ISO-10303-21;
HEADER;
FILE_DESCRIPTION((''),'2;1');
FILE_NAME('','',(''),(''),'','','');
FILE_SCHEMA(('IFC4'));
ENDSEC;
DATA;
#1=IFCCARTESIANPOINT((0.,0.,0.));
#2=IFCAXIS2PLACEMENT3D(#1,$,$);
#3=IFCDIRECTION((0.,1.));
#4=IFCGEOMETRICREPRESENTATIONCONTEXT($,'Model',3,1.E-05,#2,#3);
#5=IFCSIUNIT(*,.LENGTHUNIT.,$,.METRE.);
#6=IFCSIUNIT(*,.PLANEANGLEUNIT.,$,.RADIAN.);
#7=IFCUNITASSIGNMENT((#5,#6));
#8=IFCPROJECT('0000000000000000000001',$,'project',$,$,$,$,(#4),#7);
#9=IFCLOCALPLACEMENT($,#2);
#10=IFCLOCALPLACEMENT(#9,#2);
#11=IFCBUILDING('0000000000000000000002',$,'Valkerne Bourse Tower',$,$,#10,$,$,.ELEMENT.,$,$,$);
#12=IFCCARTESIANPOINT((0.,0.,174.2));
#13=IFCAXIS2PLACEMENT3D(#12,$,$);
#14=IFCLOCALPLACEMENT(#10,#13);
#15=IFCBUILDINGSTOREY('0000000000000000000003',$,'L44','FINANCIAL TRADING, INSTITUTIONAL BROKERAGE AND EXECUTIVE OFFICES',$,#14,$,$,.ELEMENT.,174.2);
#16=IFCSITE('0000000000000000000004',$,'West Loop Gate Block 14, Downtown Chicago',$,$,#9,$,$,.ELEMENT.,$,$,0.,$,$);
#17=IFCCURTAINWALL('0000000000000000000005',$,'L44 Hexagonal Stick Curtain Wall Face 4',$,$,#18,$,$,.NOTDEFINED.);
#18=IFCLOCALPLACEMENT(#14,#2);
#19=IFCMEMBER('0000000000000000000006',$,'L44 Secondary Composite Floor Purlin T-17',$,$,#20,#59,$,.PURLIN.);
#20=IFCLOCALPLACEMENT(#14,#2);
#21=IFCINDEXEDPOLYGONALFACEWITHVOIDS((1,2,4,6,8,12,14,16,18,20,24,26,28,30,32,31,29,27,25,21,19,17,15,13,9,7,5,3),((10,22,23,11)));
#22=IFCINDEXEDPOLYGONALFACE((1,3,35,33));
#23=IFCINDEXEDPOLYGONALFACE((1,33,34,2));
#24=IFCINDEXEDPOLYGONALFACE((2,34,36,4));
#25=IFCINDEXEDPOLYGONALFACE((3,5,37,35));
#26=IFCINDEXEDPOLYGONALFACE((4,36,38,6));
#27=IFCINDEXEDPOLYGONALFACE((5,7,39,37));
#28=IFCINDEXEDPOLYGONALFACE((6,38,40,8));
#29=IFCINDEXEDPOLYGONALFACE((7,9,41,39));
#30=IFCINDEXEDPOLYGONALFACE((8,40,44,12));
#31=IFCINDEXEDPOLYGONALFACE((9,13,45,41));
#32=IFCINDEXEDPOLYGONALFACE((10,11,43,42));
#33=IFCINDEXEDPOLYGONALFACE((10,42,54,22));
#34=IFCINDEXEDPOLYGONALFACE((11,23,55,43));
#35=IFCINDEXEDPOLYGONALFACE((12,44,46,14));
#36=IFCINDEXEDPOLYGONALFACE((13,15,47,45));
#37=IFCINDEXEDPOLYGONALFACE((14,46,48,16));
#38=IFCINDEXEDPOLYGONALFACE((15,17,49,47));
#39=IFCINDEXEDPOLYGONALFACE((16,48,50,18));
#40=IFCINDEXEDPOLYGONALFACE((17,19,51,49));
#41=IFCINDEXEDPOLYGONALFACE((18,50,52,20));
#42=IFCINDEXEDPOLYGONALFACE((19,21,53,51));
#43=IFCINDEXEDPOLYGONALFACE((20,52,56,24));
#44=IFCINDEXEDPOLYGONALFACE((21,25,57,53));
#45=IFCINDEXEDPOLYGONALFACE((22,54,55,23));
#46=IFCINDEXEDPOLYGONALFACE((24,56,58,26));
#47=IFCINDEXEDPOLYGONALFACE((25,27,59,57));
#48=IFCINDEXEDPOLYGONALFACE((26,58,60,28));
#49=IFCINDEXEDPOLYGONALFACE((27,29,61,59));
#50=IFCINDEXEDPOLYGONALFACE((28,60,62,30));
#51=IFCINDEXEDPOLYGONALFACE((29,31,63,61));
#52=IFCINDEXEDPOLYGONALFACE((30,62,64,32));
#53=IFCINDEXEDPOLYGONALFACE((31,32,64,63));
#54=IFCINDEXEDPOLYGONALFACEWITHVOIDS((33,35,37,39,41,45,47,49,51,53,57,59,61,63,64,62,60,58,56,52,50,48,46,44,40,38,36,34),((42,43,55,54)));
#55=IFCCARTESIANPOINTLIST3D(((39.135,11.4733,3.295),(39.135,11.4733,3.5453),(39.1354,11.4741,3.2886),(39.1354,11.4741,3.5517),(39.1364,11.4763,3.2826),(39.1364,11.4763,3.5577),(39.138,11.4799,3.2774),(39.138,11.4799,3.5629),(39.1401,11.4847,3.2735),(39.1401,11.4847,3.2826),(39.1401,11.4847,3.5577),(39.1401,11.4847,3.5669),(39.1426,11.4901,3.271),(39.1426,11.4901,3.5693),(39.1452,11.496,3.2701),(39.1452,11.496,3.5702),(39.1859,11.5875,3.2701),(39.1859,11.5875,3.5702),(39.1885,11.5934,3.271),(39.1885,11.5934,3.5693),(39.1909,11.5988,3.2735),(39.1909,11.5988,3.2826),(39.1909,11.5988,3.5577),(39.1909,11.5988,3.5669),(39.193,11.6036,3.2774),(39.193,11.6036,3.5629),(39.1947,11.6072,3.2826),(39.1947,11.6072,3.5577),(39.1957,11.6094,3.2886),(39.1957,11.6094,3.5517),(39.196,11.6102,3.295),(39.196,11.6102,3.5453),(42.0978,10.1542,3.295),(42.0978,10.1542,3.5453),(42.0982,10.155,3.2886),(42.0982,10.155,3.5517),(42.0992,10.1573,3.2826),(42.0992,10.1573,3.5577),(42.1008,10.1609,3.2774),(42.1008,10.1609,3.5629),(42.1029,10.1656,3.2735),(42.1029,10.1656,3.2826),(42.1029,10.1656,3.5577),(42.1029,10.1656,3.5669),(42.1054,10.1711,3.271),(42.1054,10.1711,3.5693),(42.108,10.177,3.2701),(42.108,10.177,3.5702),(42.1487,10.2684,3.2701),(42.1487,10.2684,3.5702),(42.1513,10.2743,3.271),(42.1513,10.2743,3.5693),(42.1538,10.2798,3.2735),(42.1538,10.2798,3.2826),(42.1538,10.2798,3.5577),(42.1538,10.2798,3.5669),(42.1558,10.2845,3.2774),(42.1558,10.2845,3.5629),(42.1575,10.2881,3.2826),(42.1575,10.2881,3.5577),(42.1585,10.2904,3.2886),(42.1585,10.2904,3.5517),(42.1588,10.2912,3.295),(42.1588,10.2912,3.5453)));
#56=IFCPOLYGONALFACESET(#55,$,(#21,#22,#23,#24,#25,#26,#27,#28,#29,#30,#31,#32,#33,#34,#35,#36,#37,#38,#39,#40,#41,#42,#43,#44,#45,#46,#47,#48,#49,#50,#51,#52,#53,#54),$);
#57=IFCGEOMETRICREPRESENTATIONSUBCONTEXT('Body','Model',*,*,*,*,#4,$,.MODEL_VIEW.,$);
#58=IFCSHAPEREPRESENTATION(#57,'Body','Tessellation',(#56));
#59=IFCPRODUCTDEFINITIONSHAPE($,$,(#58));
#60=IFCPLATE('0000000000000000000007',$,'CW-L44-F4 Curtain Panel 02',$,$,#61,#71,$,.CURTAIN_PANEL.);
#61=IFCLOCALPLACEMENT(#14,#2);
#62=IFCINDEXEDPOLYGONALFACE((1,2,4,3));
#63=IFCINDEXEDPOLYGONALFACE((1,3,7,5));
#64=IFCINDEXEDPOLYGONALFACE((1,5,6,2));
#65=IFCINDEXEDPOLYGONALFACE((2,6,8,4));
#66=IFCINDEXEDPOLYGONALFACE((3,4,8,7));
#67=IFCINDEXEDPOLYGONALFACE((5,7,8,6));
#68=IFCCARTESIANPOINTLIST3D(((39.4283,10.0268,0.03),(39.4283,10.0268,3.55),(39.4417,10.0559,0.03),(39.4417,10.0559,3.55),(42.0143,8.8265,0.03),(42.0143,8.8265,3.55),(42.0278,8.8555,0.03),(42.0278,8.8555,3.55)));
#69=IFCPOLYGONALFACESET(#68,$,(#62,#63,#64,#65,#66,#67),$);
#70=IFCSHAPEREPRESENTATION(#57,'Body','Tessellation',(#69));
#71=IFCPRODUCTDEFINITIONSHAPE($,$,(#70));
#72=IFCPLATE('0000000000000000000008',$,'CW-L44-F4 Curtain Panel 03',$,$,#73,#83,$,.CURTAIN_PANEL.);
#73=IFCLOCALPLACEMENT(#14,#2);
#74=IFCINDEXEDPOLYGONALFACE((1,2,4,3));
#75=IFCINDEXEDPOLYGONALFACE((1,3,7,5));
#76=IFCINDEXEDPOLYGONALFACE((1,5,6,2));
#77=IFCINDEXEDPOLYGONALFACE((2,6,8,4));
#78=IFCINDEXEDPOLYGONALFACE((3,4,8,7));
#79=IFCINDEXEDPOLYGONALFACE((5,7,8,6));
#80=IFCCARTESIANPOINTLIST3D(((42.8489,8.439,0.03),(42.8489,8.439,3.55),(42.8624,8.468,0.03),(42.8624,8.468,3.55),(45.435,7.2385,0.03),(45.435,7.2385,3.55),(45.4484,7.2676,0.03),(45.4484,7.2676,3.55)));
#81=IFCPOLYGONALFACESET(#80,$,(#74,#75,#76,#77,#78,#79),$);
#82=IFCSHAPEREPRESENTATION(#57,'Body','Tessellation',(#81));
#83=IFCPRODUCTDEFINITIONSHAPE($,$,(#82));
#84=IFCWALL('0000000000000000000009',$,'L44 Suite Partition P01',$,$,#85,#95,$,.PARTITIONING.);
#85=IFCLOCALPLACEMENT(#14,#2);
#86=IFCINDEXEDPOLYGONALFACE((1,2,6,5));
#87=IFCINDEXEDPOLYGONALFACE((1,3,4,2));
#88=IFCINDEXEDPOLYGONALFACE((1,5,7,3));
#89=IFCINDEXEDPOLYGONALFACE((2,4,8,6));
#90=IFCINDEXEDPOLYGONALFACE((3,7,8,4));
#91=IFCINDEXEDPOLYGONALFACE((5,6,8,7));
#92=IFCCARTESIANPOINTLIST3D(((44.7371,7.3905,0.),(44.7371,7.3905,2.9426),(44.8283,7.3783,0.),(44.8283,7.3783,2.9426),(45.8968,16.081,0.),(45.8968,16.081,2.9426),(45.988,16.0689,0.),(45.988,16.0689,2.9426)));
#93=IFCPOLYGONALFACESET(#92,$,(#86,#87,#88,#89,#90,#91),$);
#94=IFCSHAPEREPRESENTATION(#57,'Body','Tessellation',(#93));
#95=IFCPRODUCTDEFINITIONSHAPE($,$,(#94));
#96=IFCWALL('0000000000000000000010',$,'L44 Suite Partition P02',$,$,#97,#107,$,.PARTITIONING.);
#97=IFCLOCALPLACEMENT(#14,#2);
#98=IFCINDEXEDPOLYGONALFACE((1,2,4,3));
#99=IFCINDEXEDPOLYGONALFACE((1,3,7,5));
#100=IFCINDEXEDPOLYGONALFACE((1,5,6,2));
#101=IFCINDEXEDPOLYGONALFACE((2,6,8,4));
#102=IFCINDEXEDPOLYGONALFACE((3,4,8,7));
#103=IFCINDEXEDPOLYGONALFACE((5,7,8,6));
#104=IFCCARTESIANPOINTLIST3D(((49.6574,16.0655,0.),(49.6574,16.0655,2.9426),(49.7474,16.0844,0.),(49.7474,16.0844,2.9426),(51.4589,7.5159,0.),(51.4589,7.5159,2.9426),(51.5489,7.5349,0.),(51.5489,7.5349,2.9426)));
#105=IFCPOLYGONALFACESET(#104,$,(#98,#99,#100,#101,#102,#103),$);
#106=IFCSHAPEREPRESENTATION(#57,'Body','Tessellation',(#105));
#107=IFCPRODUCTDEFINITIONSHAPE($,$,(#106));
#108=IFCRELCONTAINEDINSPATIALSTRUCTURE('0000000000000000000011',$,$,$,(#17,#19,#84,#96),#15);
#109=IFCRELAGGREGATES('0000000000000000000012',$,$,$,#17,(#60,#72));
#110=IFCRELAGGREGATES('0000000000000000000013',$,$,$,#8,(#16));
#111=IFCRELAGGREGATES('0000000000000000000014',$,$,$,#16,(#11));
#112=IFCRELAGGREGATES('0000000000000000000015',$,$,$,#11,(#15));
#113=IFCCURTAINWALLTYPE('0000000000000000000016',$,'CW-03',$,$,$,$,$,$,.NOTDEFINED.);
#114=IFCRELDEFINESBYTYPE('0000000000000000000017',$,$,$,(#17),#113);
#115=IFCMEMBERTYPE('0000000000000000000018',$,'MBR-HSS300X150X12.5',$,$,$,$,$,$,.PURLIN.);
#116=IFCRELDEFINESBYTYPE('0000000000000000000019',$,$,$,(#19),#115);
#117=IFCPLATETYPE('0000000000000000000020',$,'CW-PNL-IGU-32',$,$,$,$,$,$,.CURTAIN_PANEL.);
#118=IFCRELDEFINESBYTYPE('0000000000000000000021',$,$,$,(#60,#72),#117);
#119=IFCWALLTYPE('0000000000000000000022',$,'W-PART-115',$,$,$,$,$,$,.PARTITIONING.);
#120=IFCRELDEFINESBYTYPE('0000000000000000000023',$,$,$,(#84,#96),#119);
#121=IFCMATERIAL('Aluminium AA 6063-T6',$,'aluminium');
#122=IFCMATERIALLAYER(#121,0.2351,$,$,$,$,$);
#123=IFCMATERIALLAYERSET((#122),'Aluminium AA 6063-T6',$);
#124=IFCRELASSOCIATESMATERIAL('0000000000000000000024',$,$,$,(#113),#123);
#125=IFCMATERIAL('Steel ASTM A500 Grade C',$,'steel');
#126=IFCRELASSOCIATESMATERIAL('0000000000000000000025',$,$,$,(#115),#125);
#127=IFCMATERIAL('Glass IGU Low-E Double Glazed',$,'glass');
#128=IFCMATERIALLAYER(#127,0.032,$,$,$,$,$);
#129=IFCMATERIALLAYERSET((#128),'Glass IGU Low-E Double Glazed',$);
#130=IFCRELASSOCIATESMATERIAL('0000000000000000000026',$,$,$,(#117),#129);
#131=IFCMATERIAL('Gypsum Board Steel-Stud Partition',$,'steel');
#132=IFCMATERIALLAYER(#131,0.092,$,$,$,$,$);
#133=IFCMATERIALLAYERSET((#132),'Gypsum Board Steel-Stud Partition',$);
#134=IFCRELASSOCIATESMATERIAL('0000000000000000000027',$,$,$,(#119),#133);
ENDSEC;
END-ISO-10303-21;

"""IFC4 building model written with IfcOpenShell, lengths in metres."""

from ifc_helpers import new_model, si_unit, direction, frame, frame_2d, origin, origin_2d, place, context, subcontext, project, spatial, rectangle, hollow_rectangle, extrude, material, layer, layer_set, material_profile, profile_set, type_object, element, aggregate, save


model = new_model("IFC4")

# Units and contexts
model_context = context("Model", 3, precision=1e-05, world=origin(), true_north=direction((0.0, 1.0)))
body_context = subcontext(model_context, "Body", "Model", "MODEL_VIEW")
ifc_project = project(units=[si_unit("LENGTHUNIT", "METRE"), si_unit("PLANEANGLEUNIT", "RADIAN")], contexts=[model_context])

# Site, building, storey
site_placement = place(None, origin())
site = spatial("IfcSite", under=ifc_project, at=site_placement, Name="West Loop Gate Block 14, Downtown Chicago", CompositionType="ELEMENT", RefElevation=0.0)
building_placement = place(site_placement, origin())
building = spatial("IfcBuilding", under=site, at=building_placement, Name="Valkerne Bourse Tower", CompositionType="ELEMENT")
storey_placement = place(building_placement, frame((0.0, 0.0, 174.2)))
storey = spatial("IfcBuildingStorey", under=building, at=storey_placement, Name="L44", Description="FINANCIAL TRADING, INSTITUTIONAL BROKERAGE AND EXECUTIVE OFFICES", CompositionType="ELEMENT", Elevation=174.2)

# Curtain wall
ifc_material_1 = material(Name="Aluminium AA 6063-T6", Category="aluminium")
ifc_layer_1 = layer(ifc_material_1, 0.2351)
ifc_layer_set_1 = layer_set([ifc_layer_1], Name="Aluminium AA 6063-T6")
curtain_wall_type = type_object("IfcCurtainWallType", Name="CW-03", PredefinedType="NOTDEFINED", material=ifc_layer_set_1)
curtain_wall_1_placement = place(storey_placement, origin())
curtain_wall_1 = element("IfcCurtainWall", 1, at=curtain_wall_1_placement, inside=storey, type_object=curtain_wall_type, Name="L44 Hexagonal Stick Curtain Wall Face 4", PredefinedType="NOTDEFINED")

# Member
ifc_material_2 = material(Name="Steel ASTM A500 Grade C", Category="steel")
ifc_material_profile_1 = material_profile(ifc_material_2, hollow_rectangle(XDim=0.1499, YDim=0.3, WallThickness=0.0125, OuterFilletRadius=0.0249, at=origin_2d()), Name="HSS300X150X12.5")
ifc_profile_set_1 = profile_set([ifc_material_profile_1], Name="Steel ASTM A500 Grade C")
member_type_1 = type_object("IfcMemberType", Name="MBR-HSS300X150X12.5", PredefinedType="PURLIN", material=ifc_profile_set_1)
member_1_placement = place(storey_placement, frame((39.1655, 11.5417, 3.4202), z_axis=(0.913554, -0.406718, 0.0), x_axis=(0.406718, 0.913554, 0.0)))
element("IfcMember", 2, at=member_1_placement, inside=storey, type_object=member_type_1, Name="L44 Secondary Composite Floor Purlin T-17", PredefinedType="PURLIN", context=body_context, shape_type="SweptSolid", body=[
    extrude(hollow_rectangle(XDim=0.1499, YDim=0.3, WallThickness=0.0125, OuterFilletRadius=0.0249, at=origin_2d()), origin(), (0.0, 0.0, 1.0), 3.2432),
])

# Plates
ifc_material_3 = material(Name="Glass IGU Low-E Double Glazed", Category="glass")
ifc_layer_2 = layer(ifc_material_3, 0.032)
ifc_layer_set_2 = layer_set([ifc_layer_2], Name="Glass IGU Low-E Double Glazed")
plate_type = type_object("IfcPlateType", Name="CW-PNL-IGU-32", PredefinedType="CURTAIN_PANEL", material=ifc_layer_set_2)
plate_1_placement = place(storey_placement, frame((40.728, 9.4412, 0.03), z_axis=(0.0, 0.0, 1.0), x_axis=(0.907048, -0.421026, 0.0)))
plate_1 = element("IfcPlate", 3, at=plate_1_placement, type_object=plate_type, Name="CW-L44-F4 Curtain Panel 02", PredefinedType="CURTAIN_PANEL", context=body_context, shape_type="SweptSolid", body=[
    extrude(rectangle(XDim=2.8511, YDim=0.032, at=origin_2d()), origin(), (0.0, 0.0, 1.0), 3.52),
])
plate_2_placement = place(storey_placement, frame((44.1487, 7.8533, 0.03), z_axis=(0.0, 0.0, 1.0), x_axis=(0.907038, -0.421048, 0.0)))
plate_2 = element("IfcPlate", 4, at=plate_2_placement, type_object=plate_type, Name="CW-L44-F4 Curtain Panel 03", PredefinedType="CURTAIN_PANEL", context=body_context, shape_type="SweptSolid", body=[
    extrude(rectangle(XDim=2.8511, YDim=0.032, at=origin_2d()), origin(), (0.0, 0.0, 1.0), 3.52),
])
aggregate(curtain_wall_1, [plate_1, plate_2])

# Walls
ifc_material_4 = material(Name="Gypsum Board Steel-Stud Partition", Category="steel")
ifc_layer_3 = layer(ifc_material_4, 0.092)
ifc_layer_set_3 = layer_set([ifc_layer_3], Name="Gypsum Board Steel-Stud Partition")
wall_type = type_object("IfcWallType", Name="W-PART-115", PredefinedType="PARTITIONING", material=ifc_layer_set_3)
wall_1_placement = place(storey_placement, frame((45.9424, 16.075, 0.0), z_axis=(0.0, 0.0, 1.0), x_axis=(-0.13227, -0.991214, 0.0)))
element("IfcWall", 5, at=wall_1_placement, inside=storey, type_object=wall_type, Name="L44 Suite Partition P01", PredefinedType="PARTITIONING", context=body_context, shape_type="SweptSolid", body=[
    extrude(rectangle(XDim=8.7676, YDim=0.092, at=frame_2d((4.3838, 0.0))), origin(), (0.0, 0.0, 1.0), 2.9426),
])
wall_2_placement = place(storey_placement, frame((49.7024, 16.075, 0.0), z_axis=(0.0, 0.0, 1.0), x_axis=(0.206187, -0.978513, 0.0)))
element("IfcWall", 6, at=wall_2_placement, inside=storey, type_object=wall_type, Name="L44 Suite Partition P02", PredefinedType="PARTITIONING", context=body_context, shape_type="SweptSolid", body=[
    extrude(rectangle(XDim=8.7373, YDim=0.092, at=frame_2d((4.3687, 0.0))), origin(), (0.0, 0.0, 1.0), 2.9426),
])

save(model, "model.ifc")
